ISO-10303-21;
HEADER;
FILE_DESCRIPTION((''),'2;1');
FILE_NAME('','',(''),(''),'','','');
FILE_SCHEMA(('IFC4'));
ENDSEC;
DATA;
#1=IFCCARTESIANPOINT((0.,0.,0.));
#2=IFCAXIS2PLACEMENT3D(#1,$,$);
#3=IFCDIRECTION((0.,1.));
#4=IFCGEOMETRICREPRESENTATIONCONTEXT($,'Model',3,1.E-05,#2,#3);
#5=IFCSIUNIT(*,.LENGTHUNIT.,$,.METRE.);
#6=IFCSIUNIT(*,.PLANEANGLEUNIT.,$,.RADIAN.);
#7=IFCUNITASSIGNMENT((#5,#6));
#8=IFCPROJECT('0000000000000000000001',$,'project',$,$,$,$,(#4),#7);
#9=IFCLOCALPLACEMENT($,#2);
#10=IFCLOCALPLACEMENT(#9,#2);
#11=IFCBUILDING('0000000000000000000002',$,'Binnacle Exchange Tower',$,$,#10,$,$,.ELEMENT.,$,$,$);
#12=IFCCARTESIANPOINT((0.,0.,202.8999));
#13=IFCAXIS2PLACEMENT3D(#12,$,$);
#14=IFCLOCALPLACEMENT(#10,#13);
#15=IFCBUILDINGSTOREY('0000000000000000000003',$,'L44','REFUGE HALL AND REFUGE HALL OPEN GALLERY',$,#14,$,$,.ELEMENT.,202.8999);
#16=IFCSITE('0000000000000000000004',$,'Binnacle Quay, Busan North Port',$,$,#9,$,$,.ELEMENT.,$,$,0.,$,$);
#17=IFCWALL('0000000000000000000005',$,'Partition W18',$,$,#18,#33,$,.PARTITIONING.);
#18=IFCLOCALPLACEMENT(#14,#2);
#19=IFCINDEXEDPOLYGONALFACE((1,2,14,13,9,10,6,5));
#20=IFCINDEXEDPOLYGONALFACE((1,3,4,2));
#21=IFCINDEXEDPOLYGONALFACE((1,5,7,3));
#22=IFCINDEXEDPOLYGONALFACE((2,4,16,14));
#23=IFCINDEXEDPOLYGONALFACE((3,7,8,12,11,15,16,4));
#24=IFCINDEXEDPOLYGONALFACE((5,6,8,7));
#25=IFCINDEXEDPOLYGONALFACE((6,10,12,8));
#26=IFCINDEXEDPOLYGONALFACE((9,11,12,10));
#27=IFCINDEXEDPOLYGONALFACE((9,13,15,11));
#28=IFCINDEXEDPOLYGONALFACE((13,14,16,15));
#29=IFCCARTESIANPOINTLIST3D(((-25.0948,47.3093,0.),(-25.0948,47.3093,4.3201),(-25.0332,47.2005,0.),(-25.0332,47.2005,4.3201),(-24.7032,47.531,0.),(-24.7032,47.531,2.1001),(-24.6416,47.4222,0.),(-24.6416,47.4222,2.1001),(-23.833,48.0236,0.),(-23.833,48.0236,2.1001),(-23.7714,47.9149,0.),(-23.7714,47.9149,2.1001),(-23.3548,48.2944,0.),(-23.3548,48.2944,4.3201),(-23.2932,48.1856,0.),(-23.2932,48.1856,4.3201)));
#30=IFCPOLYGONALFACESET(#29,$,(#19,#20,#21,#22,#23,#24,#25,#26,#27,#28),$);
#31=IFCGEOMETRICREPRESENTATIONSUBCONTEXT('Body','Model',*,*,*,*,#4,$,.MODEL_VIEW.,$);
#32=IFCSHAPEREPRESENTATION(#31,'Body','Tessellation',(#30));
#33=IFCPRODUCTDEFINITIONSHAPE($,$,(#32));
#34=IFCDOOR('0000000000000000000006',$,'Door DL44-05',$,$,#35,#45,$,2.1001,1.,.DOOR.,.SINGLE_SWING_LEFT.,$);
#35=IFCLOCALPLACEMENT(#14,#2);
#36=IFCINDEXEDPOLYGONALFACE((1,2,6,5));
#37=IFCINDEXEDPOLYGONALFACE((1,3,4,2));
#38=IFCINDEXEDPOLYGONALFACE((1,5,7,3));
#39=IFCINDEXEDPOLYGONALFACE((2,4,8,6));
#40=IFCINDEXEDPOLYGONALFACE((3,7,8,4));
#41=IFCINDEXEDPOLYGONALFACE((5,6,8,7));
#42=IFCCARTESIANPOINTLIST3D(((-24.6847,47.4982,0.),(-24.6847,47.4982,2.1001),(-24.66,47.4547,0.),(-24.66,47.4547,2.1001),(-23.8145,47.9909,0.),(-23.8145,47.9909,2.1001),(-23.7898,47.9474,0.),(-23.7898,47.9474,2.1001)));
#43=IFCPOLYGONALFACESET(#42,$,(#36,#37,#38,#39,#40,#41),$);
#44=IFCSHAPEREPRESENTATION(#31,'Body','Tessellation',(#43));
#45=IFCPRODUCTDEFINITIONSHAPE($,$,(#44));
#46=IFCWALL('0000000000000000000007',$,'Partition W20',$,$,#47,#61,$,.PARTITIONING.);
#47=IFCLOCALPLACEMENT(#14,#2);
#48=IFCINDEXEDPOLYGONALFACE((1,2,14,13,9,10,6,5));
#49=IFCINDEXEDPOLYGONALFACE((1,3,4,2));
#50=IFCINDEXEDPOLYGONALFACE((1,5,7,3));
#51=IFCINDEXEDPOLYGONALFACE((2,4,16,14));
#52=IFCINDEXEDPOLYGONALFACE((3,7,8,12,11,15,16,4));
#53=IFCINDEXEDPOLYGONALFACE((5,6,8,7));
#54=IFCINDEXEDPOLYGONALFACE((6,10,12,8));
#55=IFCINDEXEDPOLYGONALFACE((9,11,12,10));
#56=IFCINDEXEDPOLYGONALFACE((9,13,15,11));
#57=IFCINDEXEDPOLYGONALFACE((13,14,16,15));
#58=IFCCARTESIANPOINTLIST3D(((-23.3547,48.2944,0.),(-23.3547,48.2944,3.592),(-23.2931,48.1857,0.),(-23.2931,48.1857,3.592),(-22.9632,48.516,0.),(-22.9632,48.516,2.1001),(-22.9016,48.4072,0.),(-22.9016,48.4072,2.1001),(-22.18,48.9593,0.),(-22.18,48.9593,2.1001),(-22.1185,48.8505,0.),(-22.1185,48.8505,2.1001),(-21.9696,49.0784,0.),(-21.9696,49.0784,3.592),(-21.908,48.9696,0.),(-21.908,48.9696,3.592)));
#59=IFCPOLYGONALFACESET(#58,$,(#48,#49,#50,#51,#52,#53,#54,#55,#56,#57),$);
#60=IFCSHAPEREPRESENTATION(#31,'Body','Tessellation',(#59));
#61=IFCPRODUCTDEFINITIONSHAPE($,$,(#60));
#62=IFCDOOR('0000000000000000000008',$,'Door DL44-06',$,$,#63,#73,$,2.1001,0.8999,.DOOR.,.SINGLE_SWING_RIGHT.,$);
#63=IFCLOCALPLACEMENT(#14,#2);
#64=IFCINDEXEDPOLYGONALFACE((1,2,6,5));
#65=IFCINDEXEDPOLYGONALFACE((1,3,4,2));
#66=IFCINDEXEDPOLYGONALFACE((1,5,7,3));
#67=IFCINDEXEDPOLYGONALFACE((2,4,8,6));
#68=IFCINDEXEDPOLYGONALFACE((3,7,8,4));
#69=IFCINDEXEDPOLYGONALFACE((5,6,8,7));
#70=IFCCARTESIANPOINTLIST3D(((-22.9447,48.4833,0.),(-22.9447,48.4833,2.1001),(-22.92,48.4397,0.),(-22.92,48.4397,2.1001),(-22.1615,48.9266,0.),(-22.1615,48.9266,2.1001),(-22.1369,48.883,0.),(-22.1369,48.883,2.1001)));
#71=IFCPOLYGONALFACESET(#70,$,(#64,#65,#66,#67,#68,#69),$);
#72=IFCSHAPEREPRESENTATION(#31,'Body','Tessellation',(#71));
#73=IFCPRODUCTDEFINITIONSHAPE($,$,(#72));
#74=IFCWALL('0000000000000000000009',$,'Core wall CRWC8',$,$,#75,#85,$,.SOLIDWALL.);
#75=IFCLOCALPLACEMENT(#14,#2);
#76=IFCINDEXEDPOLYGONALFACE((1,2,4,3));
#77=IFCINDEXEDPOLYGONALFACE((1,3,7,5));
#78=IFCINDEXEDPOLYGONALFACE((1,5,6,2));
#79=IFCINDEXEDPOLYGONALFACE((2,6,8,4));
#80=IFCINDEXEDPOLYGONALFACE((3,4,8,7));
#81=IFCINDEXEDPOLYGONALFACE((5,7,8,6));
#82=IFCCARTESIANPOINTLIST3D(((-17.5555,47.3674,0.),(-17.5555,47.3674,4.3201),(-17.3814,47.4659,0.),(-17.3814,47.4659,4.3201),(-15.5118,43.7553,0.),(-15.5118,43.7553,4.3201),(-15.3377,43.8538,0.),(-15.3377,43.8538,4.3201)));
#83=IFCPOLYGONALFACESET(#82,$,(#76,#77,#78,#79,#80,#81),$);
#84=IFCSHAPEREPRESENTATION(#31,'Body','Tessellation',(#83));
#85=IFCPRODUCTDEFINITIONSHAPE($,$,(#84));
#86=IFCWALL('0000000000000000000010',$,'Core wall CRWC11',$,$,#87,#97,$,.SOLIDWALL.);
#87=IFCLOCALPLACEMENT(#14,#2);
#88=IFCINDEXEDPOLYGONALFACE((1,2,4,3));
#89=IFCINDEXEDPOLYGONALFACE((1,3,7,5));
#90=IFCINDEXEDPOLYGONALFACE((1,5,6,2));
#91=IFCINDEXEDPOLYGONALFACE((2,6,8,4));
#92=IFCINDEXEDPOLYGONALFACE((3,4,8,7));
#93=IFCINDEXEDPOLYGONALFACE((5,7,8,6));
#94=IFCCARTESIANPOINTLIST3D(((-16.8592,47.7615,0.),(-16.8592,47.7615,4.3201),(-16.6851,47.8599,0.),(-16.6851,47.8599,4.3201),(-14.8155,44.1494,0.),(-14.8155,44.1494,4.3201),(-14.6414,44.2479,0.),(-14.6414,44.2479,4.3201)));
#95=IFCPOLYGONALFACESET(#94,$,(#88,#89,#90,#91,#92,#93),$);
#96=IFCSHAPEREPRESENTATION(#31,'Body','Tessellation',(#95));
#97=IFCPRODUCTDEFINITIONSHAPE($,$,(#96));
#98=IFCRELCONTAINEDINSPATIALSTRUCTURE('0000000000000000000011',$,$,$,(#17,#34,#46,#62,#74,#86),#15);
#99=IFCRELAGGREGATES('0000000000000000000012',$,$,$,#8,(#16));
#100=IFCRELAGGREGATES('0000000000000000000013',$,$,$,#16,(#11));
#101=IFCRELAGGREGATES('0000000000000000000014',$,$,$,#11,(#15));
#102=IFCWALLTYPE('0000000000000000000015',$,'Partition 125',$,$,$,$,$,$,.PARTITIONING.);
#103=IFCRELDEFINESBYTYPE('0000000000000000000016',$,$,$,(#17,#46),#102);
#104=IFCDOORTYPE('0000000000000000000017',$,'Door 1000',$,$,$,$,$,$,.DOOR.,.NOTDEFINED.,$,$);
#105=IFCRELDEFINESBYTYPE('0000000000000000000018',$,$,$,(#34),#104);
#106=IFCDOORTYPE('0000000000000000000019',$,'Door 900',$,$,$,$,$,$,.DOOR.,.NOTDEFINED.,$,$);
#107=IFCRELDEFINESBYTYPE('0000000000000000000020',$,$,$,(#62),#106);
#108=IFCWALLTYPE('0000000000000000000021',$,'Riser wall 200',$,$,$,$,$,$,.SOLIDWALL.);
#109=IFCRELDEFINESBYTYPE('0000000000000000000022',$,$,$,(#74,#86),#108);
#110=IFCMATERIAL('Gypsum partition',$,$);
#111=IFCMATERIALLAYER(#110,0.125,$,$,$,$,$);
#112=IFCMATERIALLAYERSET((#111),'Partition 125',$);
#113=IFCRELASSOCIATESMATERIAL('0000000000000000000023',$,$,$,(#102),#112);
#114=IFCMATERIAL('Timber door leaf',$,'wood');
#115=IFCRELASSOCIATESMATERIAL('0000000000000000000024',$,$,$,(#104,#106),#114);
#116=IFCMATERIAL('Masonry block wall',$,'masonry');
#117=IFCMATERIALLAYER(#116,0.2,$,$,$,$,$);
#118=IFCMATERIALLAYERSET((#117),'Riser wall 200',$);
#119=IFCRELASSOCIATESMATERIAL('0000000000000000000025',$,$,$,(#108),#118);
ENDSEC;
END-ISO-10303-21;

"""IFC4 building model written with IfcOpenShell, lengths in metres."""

from ifc_helpers import new_model, si_unit, direction, frame, frame_2d, origin, place, context, subcontext, project, spatial, rectangle, extrude, material, layer, layer_set, type_object, element, fill, save


model = new_model("IFC4")

# Units and contexts
model_context = context("Model", 3, precision=1e-05, world=origin(), true_north=direction((0.0, 1.0)))
body_context = subcontext(model_context, "Body", "Model", "MODEL_VIEW")
ifc_project = project(units=[si_unit("LENGTHUNIT", "METRE"), si_unit("PLANEANGLEUNIT", "RADIAN")], contexts=[model_context])

# Site, building, storey
site_placement = place(None, origin())
site = spatial("IfcSite", under=ifc_project, at=site_placement, Name="Binnacle Quay, Busan North Port", CompositionType="ELEMENT", RefElevation=0.0)
building_placement = place(site_placement, origin())
building = spatial("IfcBuilding", under=site, at=building_placement, Name="Binnacle Exchange Tower", CompositionType="ELEMENT")
storey_placement = place(building_placement, frame((0.0, 0.0, 202.8999)))
storey = spatial("IfcBuildingStorey", under=building, at=storey_placement, Name="L44", Description="REFUGE HALL AND REFUGE HALL OPEN GALLERY", CompositionType="ELEMENT", Elevation=202.8999)

# Walls, openings, doors
ifc_material_1 = material(Name="Masonry block wall", Category="masonry")
ifc_material_2 = material(Name="Gypsum partition")
ifc_layer_1 = layer(ifc_material_2, 0.125)
ifc_layer_set_1 = layer_set([ifc_layer_1], Name="Partition 125")
wall_type_1 = type_object("IfcWallType", Name="Partition 125", PredefinedType="PARTITIONING", material=ifc_layer_set_1)
ifc_material_3 = material(Name="Timber door leaf", Category="wood")
door_type_1 = type_object("IfcDoorType", Name="Door 1000", OperationType="NOTDEFINED", PredefinedType="DOOR", material=ifc_material_3)
wall_1_placement = place(storey_placement, frame((-25.064, 47.2549, 0.0), z_axis=(0.0, 0.0, 1.0), x_axis=(0.870212, 0.492677, 0.0)))
wall_1 = element("IfcWall", 1, at=wall_1_placement, inside=storey, type_object=wall_type_1, Name="Partition W18", PredefinedType="PARTITIONING", context=body_context, shape_type="SweptSolid", body=[
    extrude(rectangle(XDim=1.9995, YDim=0.125, at=frame_2d((0.9998, 0.0))), origin(), (0.0, 0.0, 1.0), 4.3201),
])
opening_1_placement = place(wall_1_placement, frame((0.45, 0.0, 0.0)))
opening_1 = element("IfcOpeningElement", 2, at=opening_1_placement, cuts=wall_1, PredefinedType="OPENING", context=body_context, shape_type="SweptSolid", body=[
    extrude(rectangle(XDim=1.0, YDim=2.1001, at=frame_2d((0.5, 1.05))), frame((0.0, 0.0725, 0.0), z_axis=(0.0, -1.0, 0.0), x_axis=(1.0, 0.0, 0.0)), (0.0, 0.0, 1.0), 0.145),
])
door_1_placement = place(opening_1_placement, origin())
door_1 = element("IfcDoor", 3, at=door_1_placement, inside=storey, type_object=door_type_1, Name="Door DL44-05", OperationType="SINGLE_SWING_LEFT", OverallHeight=2.1001, OverallWidth=1.0, PredefinedType="DOOR", context=body_context, shape_type="SweptSolid", body=[
    extrude(rectangle(XDim=1.0, YDim=2.1001, at=frame_2d((0.5, 1.05))), frame((0.0, 0.0249, 0.0), z_axis=(0.0, -1.0, 0.0), x_axis=(1.0, 0.0, 0.0)), (0.0, 0.0, 1.0), 0.05),
])
fill(opening_1, door_1)
wall_2_placement = place(storey_placement, frame((-23.324, 48.24, 0.0), z_axis=(0.0, 0.0, 1.0), x_axis=(0.870266, 0.492583, 0.0)))
wall_2 = element("IfcWall", 4, at=wall_2_placement, inside=storey, type_object=wall_type_1, Name="Partition W20", PredefinedType="PARTITIONING", context=body_context, shape_type="SweptSolid", body=[
    extrude(rectangle(XDim=1.5916, YDim=0.125, at=frame_2d((0.7959, 0.0))), origin(), (0.0, 0.0, 1.0), 3.592),
])
opening_2_placement = place(wall_2_placement, frame((0.45, 0.0, 0.0)))
opening_2 = element("IfcOpeningElement", 5, at=opening_2_placement, cuts=wall_2, PredefinedType="OPENING", context=body_context, shape_type="SweptSolid", body=[
    extrude(rectangle(XDim=0.8999, YDim=2.1001, at=frame_2d((0.45, 1.05))), frame((0.0, 0.0725, 0.0), z_axis=(0.0, -1.0, 0.0), x_axis=(1.0, 0.0, 0.0)), (0.0, 0.0, 1.0), 0.145),
])
door_type_2 = type_object("IfcDoorType", Name="Door 900", OperationType="NOTDEFINED", PredefinedType="DOOR", material=ifc_material_3)
door_2_placement = place(opening_2_placement, origin())
door_2 = element("IfcDoor", 6, at=door_2_placement, inside=storey, type_object=door_type_2, Name="Door DL44-06", OperationType="SINGLE_SWING_RIGHT", OverallHeight=2.1001, OverallWidth=0.8999, PredefinedType="DOOR", context=body_context, shape_type="SweptSolid", body=[
    extrude(rectangle(XDim=0.8999, YDim=2.1001, at=frame_2d((0.45, 1.05))), frame((0.0, 0.0249, 0.0), z_axis=(0.0, -1.0, 0.0), x_axis=(1.0, 0.0, 0.0)), (0.0, 0.0, 1.0), 0.05),
])
fill(opening_2, door_2)

# Walls
ifc_layer_2 = layer(ifc_material_1, 0.2)
ifc_layer_set_2 = layer_set([ifc_layer_2], Name="Riser wall 200")
wall_type_2 = type_object("IfcWallType", Name="Riser wall 200", PredefinedType="SOLIDWALL", material=ifc_layer_set_2)
for number, where, z_axis, x_axis, name in (
    (7, (-17.4685, 47.4167, 0.0), (0.0, 0.0, 1.0), (0.492441, -0.870346, 0.0), "Core wall CRWC8"),
    (8, (-16.7722, 47.8108, 0.0), (0.0, 0.0, 1.0), (0.492441, -0.870346, 0.0), "Core wall CRWC11"),
):
    element("IfcWall", number, at=place(storey_placement, frame(where, z_axis=z_axis, x_axis=x_axis)), inside=storey, type_object=wall_type_2, Name=name, PredefinedType="SOLIDWALL", context=body_context, shape_type="SweptSolid", body=[
        extrude(rectangle(XDim=4.1501, YDim=0.2, at=frame_2d((2.0752, 0.0))), origin(), (0.0, 0.0, 1.0), 4.3201),
    ])

save(model, "model.ifc")
